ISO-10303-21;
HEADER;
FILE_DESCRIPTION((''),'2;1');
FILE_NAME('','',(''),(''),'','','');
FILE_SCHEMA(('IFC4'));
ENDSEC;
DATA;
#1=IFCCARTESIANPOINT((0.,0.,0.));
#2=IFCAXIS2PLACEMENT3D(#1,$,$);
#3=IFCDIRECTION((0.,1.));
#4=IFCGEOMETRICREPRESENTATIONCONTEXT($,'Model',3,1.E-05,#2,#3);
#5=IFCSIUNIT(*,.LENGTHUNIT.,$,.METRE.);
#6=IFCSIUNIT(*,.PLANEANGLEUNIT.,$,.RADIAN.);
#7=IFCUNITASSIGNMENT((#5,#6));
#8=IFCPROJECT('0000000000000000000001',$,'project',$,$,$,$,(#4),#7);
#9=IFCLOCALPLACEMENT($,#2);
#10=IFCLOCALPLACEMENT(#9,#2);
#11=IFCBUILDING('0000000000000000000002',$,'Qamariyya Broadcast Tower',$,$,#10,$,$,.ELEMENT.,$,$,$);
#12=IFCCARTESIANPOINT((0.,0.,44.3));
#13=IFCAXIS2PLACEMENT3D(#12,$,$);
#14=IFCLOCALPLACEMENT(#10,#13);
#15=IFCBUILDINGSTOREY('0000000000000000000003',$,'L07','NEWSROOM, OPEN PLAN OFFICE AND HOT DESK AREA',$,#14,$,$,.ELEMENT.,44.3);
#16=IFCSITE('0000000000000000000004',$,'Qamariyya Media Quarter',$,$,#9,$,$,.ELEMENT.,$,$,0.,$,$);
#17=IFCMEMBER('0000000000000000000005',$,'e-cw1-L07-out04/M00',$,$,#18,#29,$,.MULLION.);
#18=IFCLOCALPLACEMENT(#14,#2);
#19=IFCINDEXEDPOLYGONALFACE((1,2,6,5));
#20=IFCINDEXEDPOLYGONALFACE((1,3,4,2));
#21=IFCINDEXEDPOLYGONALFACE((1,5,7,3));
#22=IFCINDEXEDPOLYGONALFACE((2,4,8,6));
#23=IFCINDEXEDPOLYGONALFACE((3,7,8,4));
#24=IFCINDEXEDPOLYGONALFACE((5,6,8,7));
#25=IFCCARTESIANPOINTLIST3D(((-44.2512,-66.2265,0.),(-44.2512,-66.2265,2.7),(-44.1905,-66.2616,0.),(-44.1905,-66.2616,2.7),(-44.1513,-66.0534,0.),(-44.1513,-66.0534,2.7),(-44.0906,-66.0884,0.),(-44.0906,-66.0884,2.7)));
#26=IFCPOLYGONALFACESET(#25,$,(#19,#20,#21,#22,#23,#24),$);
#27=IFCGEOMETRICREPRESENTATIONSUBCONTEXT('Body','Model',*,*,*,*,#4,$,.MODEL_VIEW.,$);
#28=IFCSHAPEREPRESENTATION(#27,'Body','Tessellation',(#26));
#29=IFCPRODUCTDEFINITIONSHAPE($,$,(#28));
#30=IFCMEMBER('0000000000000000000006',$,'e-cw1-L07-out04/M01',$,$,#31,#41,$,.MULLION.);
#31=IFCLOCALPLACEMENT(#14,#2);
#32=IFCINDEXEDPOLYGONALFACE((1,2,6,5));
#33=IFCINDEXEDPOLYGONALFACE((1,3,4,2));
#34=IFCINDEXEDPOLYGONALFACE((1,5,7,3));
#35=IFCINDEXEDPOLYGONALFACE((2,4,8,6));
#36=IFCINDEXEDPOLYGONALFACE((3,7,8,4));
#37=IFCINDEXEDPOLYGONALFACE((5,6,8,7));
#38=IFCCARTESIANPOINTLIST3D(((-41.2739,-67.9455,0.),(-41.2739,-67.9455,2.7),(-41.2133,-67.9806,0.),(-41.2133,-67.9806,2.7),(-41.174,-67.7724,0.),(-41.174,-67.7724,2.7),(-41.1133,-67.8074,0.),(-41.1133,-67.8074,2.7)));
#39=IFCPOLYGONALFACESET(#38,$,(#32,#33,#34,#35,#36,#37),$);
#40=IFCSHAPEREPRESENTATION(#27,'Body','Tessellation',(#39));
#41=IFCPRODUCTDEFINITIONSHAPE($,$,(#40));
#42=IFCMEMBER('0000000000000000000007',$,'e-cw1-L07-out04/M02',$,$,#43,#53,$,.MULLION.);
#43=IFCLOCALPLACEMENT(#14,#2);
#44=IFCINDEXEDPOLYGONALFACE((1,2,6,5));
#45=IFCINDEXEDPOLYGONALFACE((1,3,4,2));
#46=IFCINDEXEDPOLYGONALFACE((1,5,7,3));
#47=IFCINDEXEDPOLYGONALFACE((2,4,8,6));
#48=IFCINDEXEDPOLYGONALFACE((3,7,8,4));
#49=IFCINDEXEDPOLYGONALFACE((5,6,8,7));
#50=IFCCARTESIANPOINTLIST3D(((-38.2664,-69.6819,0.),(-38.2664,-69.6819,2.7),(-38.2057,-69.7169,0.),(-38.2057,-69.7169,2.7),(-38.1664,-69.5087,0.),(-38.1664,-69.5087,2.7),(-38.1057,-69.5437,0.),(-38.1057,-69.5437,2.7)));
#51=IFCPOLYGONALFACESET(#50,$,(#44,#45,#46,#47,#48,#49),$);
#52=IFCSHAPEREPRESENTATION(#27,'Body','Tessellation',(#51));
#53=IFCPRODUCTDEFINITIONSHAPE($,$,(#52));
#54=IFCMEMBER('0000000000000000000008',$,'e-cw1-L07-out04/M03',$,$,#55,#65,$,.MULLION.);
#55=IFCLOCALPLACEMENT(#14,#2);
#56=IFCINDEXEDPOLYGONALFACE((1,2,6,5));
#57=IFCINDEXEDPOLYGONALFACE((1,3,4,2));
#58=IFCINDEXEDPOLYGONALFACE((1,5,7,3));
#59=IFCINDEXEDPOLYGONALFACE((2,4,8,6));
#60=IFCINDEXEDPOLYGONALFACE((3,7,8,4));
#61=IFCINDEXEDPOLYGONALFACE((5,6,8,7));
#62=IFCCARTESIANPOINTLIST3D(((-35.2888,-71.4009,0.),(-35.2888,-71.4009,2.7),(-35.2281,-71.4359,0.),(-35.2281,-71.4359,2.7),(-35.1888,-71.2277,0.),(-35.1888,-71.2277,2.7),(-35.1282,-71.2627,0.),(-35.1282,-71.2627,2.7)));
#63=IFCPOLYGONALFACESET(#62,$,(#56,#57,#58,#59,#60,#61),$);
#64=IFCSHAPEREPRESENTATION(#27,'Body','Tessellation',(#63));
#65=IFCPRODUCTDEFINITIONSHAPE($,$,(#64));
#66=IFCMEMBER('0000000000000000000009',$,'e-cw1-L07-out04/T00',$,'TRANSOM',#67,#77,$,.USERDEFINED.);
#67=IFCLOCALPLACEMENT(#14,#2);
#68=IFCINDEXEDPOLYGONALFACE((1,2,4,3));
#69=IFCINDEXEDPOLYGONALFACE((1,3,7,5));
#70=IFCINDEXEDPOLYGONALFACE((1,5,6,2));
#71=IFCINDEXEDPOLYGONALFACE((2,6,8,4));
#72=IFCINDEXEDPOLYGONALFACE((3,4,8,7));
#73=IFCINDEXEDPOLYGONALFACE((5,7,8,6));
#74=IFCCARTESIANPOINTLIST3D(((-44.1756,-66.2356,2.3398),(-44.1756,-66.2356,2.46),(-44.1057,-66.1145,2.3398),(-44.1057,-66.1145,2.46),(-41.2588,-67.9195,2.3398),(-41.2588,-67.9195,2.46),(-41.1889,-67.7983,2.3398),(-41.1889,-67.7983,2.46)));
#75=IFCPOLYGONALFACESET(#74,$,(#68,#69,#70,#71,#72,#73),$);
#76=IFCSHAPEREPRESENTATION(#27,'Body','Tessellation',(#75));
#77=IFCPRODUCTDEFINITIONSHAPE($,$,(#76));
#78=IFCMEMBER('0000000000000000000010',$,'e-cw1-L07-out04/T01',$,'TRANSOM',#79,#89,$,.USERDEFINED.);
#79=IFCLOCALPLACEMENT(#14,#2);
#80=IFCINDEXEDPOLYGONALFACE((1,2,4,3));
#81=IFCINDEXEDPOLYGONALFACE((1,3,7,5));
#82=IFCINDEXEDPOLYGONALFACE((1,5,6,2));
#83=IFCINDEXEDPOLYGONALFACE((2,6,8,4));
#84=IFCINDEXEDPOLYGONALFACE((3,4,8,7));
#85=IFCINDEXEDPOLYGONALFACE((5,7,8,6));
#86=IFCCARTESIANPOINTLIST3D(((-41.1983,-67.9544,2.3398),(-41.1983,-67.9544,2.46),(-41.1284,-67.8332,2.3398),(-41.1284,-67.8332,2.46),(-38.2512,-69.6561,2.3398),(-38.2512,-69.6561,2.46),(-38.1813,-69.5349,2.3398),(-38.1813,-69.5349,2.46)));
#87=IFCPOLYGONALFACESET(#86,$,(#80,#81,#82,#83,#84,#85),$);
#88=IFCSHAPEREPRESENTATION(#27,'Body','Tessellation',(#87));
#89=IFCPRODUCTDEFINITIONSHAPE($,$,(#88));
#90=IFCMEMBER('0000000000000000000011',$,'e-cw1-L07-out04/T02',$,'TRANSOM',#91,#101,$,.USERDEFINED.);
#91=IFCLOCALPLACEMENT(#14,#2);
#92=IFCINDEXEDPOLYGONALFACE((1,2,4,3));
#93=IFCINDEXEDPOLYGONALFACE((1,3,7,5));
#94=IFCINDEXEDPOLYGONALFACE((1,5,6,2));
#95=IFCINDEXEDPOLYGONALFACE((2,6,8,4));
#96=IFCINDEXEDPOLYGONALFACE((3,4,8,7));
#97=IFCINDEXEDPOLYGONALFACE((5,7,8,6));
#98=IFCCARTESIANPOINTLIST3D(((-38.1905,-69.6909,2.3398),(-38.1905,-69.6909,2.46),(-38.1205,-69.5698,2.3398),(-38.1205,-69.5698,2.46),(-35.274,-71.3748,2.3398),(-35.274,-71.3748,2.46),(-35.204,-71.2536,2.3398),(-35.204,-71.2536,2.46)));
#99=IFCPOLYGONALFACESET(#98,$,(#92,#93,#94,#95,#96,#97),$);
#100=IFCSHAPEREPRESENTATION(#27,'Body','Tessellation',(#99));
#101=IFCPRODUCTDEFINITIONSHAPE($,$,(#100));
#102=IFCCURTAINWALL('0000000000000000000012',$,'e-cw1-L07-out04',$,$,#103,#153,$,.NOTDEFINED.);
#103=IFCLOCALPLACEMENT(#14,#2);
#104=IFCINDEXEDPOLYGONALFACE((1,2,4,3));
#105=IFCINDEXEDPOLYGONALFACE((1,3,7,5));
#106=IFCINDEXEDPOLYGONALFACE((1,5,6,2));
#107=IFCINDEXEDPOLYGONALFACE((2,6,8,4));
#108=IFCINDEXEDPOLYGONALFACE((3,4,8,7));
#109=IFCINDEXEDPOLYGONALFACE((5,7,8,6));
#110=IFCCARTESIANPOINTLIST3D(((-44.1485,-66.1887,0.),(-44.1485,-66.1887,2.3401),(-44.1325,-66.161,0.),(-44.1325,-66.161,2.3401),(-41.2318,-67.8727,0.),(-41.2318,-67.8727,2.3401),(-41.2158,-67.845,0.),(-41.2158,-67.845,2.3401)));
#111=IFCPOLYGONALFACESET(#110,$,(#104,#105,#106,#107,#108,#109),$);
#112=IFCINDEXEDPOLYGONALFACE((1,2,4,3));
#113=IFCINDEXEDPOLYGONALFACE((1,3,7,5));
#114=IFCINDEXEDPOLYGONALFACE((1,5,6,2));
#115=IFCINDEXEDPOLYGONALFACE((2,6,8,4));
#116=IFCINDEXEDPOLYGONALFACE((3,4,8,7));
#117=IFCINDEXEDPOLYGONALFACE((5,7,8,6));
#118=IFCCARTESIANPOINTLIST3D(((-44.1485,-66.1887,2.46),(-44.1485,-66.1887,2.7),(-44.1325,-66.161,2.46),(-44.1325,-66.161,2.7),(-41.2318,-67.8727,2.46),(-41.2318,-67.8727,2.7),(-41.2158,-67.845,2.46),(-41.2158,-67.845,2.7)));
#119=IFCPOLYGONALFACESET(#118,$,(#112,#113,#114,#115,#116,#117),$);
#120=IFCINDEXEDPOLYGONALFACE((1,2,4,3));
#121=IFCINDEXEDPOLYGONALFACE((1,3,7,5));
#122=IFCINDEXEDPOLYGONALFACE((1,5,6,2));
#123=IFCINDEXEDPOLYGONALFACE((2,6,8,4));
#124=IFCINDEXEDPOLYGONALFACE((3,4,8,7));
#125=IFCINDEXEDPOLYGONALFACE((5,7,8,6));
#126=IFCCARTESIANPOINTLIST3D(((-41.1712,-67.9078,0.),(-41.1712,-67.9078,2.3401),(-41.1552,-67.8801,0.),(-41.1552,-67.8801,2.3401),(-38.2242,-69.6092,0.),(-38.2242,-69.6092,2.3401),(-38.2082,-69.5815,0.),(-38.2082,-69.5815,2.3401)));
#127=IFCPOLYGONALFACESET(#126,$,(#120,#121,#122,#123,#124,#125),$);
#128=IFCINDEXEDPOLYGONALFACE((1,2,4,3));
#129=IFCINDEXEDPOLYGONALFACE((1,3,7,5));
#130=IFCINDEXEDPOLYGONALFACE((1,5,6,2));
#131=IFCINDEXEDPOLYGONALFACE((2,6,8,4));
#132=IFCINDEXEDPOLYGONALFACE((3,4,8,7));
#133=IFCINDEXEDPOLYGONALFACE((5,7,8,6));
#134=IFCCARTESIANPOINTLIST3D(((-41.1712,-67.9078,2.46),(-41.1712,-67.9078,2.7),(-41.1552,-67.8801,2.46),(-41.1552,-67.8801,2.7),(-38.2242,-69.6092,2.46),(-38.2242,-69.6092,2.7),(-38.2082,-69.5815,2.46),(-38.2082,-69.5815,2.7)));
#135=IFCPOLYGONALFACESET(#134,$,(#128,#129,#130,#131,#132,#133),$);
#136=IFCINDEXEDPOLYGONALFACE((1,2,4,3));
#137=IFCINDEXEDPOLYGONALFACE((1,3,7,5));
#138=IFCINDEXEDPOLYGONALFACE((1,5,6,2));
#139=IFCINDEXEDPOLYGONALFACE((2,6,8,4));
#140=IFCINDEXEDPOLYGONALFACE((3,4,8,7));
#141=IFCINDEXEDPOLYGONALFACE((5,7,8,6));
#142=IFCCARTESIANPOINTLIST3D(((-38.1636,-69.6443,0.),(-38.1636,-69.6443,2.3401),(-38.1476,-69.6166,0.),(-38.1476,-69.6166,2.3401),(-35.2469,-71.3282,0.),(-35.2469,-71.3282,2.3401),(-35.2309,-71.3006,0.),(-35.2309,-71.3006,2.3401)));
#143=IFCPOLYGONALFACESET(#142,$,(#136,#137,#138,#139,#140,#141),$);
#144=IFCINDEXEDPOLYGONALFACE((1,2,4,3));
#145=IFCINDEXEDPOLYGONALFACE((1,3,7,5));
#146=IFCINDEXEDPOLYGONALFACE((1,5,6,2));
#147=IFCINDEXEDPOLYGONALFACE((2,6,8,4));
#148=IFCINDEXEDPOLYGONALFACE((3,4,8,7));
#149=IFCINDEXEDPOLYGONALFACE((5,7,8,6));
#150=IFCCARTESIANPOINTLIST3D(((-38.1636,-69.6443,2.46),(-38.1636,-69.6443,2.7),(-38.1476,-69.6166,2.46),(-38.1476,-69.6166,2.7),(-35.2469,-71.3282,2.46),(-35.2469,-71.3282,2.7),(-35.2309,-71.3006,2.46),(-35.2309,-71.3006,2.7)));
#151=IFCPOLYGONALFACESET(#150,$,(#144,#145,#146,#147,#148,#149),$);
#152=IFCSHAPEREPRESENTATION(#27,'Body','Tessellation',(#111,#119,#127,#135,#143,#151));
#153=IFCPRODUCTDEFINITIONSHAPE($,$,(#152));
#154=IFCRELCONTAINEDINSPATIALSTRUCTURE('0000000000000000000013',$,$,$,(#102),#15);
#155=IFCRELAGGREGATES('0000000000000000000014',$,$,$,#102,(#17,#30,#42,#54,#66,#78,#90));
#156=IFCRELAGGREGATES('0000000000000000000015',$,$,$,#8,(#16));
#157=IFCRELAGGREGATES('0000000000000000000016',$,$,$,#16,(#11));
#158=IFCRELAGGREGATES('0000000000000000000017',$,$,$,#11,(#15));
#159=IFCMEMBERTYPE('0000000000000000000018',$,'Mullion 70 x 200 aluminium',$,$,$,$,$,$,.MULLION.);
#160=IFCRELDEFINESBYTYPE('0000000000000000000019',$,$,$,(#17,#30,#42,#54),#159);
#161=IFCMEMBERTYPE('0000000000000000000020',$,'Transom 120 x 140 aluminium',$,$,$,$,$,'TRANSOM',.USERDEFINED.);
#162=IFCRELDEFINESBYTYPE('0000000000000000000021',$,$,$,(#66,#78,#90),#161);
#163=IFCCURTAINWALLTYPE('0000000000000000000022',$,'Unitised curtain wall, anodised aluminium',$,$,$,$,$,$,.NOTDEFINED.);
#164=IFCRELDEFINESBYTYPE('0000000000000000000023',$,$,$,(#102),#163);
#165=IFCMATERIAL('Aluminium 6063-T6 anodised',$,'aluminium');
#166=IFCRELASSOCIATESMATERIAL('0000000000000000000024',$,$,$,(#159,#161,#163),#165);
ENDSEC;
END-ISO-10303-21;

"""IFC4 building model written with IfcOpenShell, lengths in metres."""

from ifc_helpers import new_model, si_unit, direction, frame, origin, origin_2d, place, context, subcontext, project, spatial, rectangle, extrude, material, material_profile, profile_set, type_object, element, aggregate, save


model = new_model("IFC4")

# Units and contexts
model_context = context("Model", 3, precision=1e-05, world=origin(), true_north=direction((0.0, 1.0)))
body_context = subcontext(model_context, "Body", "Model", "MODEL_VIEW")
ifc_project = project(units=[si_unit("LENGTHUNIT", "METRE"), si_unit("PLANEANGLEUNIT", "RADIAN")], contexts=[model_context])

# Members
ifc_material = material(Name="Aluminium 6063-T6 anodised", Category="aluminium")
ifc_material_profile_1 = material_profile(ifc_material, rectangle(XDim=0.2, YDim=0.0701, at=origin_2d()))
ifc_profile_set_1 = profile_set([ifc_material_profile_1], Name="Aluminium 6063-T6 anodised")
member_type_1 = type_object("IfcMemberType", Name="Mullion 70 x 200 aluminium", PredefinedType="MULLION", material=ifc_profile_set_1)
site_placement = place(None, origin())
building_placement = place(site_placement, origin())
storey_placement = place(building_placement, frame((0.0, 0.0, 44.3)))
member_1_placement = place(storey_placement, frame((-44.1709, -66.1575, 0.0), z_axis=(0.0, 0.0, 1.0), x_axis=(0.5, 0.866025, 0.0)))
member_1 = element("IfcMember", 1, at=member_1_placement, type_object=member_type_1, Name="e-cw1-L07-out04/M00", PredefinedType="MULLION", context=body_context, shape_type="SweptSolid", body=[
    extrude(rectangle(XDim=0.2, YDim=0.0701, at=origin_2d()), origin(), (0.0, 0.0, 1.0), 2.7),
])
member_2_placement = place(storey_placement, frame((-41.1936, -67.8765, 0.0), z_axis=(0.0, 0.0, 1.0), x_axis=(0.5, 0.866025, 0.0)))
member_2 = element("IfcMember", 2, at=member_2_placement, type_object=member_type_1, Name="e-cw1-L07-out04/M01", PredefinedType="MULLION", context=body_context, shape_type="SweptSolid", body=[
    extrude(rectangle(XDim=0.2, YDim=0.0701, at=origin_2d()), origin(), (0.0, 0.0, 1.0), 2.7),
])
member_3_placement = place(storey_placement, frame((-38.186, -69.6128, 0.0), z_axis=(0.0, 0.0, 1.0), x_axis=(0.5, 0.866025, 0.0)))
member_3 = element("IfcMember", 3, at=member_3_placement, type_object=member_type_1, Name="e-cw1-L07-out04/M02", PredefinedType="MULLION", context=body_context, shape_type="SweptSolid", body=[
    extrude(rectangle(XDim=0.2, YDim=0.0701, at=origin_2d()), origin(), (0.0, 0.0, 1.0), 2.7),
])
member_4_placement = place(storey_placement, frame((-35.2085, -71.3318, 0.0), z_axis=(0.0, 0.0, 1.0), x_axis=(0.5, 0.866025, 0.0)))
member_4 = element("IfcMember", 4, at=member_4_placement, type_object=member_type_1, Name="e-cw1-L07-out04/M03", PredefinedType="MULLION", context=body_context, shape_type="SweptSolid", body=[
    extrude(rectangle(XDim=0.2, YDim=0.0701, at=origin_2d()), origin(), (0.0, 0.0, 1.0), 2.7),
])
ifc_material_profile_2 = material_profile(ifc_material, rectangle(XDim=0.1399, YDim=0.1201, at=origin_2d()))
ifc_profile_set_2 = profile_set([ifc_material_profile_2], Name="Aluminium 6063-T6 anodised")
member_type_2 = type_object("IfcMemberType", Name="Transom 120 x 140 aluminium", ElementType="TRANSOM", PredefinedType="USERDEFINED", material=ifc_profile_set_2)
member_5_placement = place(storey_placement, frame((-44.1406, -66.175, 2.3999), z_axis=(0.866044, -0.499967, 0.0), x_axis=(0.499967, 0.866044, 0.0)))
member_5 = element("IfcMember", 5, at=member_5_placement, type_object=member_type_2, Name="e-cw1-L07-out04/T00", ObjectType="TRANSOM", PredefinedType="USERDEFINED", context=body_context, shape_type="SweptSolid", body=[
    extrude(rectangle(XDim=0.1399, YDim=0.1201, at=origin_2d()), origin(), (0.0, 0.0, 1.0), 3.3679),
])
member_6_placement = place(storey_placement, frame((-41.1633, -67.8938, 2.3999), z_axis=(0.866, -0.500043, 0.0), x_axis=(0.500043, 0.866, 0.0)))
member_6 = element("IfcMember", 6, at=member_6_placement, type_object=member_type_2, Name="e-cw1-L07-out04/T01", ObjectType="TRANSOM", PredefinedType="USERDEFINED", context=body_context, shape_type="SweptSolid", body=[
    extrude(rectangle(XDim=0.1399, YDim=0.1201, at=origin_2d()), origin(), (0.0, 0.0, 1.0), 3.4031),
])
member_7_placement = place(storey_placement, frame((-38.1555, -69.6304, 2.3999), z_axis=(0.866026, -0.499999, 0.0), x_axis=(0.499999, 0.866026, 0.0)))
member_7 = element("IfcMember", 7, at=member_7_placement, type_object=member_type_2, Name="e-cw1-L07-out04/T02", ObjectType="TRANSOM", PredefinedType="USERDEFINED", context=body_context, shape_type="SweptSolid", body=[
    extrude(rectangle(XDim=0.1399, YDim=0.1201, at=origin_2d()), origin(), (0.0, 0.0, 1.0), 3.3677),
])

# Site, building, storey
site = spatial("IfcSite", under=ifc_project, at=site_placement, Name="Qamariyya Media Quarter", CompositionType="ELEMENT", RefElevation=0.0)
building = spatial("IfcBuilding", under=site, at=building_placement, Name="Qamariyya Broadcast Tower", CompositionType="ELEMENT")
storey = spatial("IfcBuildingStorey", under=building, at=storey_placement, Name="L07", Description="NEWSROOM, OPEN PLAN OFFICE AND HOT DESK AREA", CompositionType="ELEMENT", Elevation=44.3)

# Curtain wall
curtain_wall_type = type_object("IfcCurtainWallType", Name="Unitised curtain wall, anodised aluminium", PredefinedType="NOTDEFINED", material=ifc_material)
curtain_wall_1_placement = place(storey_placement, origin())
curtain_wall_1 = element("IfcCurtainWall", 8, at=curtain_wall_1_placement, inside=storey, type_object=curtain_wall_type, Name="e-cw1-L07-out04", PredefinedType="NOTDEFINED", context=body_context, shape_type="SweptSolid", body=[
    extrude(rectangle(XDim=3.3679, YDim=0.032, at=origin_2d()), frame((-42.6821, -67.0168, 0.0), x_axis=(0.866022, -0.500005, 0.0)), (0.0, 0.0, 1.0), 2.3401),
    extrude(rectangle(XDim=3.3679, YDim=0.032, at=origin_2d()), frame((-42.6821, -67.0168, 2.46), x_axis=(0.866022, -0.500005, 0.0)), (0.0, 0.0, 1.0), 0.24),
    extrude(rectangle(XDim=3.4028, YDim=0.032, at=origin_2d()), frame((-39.6897, -68.7446, 0.0), x_axis=(0.866022, -0.500005, 0.0)), (0.0, 0.0, 1.0), 2.3401),
    extrude(rectangle(XDim=3.4028, YDim=0.032, at=origin_2d()), frame((-39.6897, -68.7446, 2.46), x_axis=(0.866022, -0.500005, 0.0)), (0.0, 0.0, 1.0), 0.24),
    extrude(rectangle(XDim=3.3679, YDim=0.032, at=origin_2d()), frame((-36.6973, -70.4724, 0.0), x_axis=(0.866022, -0.500005, 0.0)), (0.0, 0.0, 1.0), 2.3401),
    extrude(rectangle(XDim=3.3679, YDim=0.032, at=origin_2d()), frame((-36.6973, -70.4724, 2.46), x_axis=(0.866022, -0.500005, 0.0)), (0.0, 0.0, 1.0), 0.24),
])
aggregate(curtain_wall_1, [member_1, member_2, member_3, member_4, member_5, member_6, member_7])

save(model, "model.ifc")
